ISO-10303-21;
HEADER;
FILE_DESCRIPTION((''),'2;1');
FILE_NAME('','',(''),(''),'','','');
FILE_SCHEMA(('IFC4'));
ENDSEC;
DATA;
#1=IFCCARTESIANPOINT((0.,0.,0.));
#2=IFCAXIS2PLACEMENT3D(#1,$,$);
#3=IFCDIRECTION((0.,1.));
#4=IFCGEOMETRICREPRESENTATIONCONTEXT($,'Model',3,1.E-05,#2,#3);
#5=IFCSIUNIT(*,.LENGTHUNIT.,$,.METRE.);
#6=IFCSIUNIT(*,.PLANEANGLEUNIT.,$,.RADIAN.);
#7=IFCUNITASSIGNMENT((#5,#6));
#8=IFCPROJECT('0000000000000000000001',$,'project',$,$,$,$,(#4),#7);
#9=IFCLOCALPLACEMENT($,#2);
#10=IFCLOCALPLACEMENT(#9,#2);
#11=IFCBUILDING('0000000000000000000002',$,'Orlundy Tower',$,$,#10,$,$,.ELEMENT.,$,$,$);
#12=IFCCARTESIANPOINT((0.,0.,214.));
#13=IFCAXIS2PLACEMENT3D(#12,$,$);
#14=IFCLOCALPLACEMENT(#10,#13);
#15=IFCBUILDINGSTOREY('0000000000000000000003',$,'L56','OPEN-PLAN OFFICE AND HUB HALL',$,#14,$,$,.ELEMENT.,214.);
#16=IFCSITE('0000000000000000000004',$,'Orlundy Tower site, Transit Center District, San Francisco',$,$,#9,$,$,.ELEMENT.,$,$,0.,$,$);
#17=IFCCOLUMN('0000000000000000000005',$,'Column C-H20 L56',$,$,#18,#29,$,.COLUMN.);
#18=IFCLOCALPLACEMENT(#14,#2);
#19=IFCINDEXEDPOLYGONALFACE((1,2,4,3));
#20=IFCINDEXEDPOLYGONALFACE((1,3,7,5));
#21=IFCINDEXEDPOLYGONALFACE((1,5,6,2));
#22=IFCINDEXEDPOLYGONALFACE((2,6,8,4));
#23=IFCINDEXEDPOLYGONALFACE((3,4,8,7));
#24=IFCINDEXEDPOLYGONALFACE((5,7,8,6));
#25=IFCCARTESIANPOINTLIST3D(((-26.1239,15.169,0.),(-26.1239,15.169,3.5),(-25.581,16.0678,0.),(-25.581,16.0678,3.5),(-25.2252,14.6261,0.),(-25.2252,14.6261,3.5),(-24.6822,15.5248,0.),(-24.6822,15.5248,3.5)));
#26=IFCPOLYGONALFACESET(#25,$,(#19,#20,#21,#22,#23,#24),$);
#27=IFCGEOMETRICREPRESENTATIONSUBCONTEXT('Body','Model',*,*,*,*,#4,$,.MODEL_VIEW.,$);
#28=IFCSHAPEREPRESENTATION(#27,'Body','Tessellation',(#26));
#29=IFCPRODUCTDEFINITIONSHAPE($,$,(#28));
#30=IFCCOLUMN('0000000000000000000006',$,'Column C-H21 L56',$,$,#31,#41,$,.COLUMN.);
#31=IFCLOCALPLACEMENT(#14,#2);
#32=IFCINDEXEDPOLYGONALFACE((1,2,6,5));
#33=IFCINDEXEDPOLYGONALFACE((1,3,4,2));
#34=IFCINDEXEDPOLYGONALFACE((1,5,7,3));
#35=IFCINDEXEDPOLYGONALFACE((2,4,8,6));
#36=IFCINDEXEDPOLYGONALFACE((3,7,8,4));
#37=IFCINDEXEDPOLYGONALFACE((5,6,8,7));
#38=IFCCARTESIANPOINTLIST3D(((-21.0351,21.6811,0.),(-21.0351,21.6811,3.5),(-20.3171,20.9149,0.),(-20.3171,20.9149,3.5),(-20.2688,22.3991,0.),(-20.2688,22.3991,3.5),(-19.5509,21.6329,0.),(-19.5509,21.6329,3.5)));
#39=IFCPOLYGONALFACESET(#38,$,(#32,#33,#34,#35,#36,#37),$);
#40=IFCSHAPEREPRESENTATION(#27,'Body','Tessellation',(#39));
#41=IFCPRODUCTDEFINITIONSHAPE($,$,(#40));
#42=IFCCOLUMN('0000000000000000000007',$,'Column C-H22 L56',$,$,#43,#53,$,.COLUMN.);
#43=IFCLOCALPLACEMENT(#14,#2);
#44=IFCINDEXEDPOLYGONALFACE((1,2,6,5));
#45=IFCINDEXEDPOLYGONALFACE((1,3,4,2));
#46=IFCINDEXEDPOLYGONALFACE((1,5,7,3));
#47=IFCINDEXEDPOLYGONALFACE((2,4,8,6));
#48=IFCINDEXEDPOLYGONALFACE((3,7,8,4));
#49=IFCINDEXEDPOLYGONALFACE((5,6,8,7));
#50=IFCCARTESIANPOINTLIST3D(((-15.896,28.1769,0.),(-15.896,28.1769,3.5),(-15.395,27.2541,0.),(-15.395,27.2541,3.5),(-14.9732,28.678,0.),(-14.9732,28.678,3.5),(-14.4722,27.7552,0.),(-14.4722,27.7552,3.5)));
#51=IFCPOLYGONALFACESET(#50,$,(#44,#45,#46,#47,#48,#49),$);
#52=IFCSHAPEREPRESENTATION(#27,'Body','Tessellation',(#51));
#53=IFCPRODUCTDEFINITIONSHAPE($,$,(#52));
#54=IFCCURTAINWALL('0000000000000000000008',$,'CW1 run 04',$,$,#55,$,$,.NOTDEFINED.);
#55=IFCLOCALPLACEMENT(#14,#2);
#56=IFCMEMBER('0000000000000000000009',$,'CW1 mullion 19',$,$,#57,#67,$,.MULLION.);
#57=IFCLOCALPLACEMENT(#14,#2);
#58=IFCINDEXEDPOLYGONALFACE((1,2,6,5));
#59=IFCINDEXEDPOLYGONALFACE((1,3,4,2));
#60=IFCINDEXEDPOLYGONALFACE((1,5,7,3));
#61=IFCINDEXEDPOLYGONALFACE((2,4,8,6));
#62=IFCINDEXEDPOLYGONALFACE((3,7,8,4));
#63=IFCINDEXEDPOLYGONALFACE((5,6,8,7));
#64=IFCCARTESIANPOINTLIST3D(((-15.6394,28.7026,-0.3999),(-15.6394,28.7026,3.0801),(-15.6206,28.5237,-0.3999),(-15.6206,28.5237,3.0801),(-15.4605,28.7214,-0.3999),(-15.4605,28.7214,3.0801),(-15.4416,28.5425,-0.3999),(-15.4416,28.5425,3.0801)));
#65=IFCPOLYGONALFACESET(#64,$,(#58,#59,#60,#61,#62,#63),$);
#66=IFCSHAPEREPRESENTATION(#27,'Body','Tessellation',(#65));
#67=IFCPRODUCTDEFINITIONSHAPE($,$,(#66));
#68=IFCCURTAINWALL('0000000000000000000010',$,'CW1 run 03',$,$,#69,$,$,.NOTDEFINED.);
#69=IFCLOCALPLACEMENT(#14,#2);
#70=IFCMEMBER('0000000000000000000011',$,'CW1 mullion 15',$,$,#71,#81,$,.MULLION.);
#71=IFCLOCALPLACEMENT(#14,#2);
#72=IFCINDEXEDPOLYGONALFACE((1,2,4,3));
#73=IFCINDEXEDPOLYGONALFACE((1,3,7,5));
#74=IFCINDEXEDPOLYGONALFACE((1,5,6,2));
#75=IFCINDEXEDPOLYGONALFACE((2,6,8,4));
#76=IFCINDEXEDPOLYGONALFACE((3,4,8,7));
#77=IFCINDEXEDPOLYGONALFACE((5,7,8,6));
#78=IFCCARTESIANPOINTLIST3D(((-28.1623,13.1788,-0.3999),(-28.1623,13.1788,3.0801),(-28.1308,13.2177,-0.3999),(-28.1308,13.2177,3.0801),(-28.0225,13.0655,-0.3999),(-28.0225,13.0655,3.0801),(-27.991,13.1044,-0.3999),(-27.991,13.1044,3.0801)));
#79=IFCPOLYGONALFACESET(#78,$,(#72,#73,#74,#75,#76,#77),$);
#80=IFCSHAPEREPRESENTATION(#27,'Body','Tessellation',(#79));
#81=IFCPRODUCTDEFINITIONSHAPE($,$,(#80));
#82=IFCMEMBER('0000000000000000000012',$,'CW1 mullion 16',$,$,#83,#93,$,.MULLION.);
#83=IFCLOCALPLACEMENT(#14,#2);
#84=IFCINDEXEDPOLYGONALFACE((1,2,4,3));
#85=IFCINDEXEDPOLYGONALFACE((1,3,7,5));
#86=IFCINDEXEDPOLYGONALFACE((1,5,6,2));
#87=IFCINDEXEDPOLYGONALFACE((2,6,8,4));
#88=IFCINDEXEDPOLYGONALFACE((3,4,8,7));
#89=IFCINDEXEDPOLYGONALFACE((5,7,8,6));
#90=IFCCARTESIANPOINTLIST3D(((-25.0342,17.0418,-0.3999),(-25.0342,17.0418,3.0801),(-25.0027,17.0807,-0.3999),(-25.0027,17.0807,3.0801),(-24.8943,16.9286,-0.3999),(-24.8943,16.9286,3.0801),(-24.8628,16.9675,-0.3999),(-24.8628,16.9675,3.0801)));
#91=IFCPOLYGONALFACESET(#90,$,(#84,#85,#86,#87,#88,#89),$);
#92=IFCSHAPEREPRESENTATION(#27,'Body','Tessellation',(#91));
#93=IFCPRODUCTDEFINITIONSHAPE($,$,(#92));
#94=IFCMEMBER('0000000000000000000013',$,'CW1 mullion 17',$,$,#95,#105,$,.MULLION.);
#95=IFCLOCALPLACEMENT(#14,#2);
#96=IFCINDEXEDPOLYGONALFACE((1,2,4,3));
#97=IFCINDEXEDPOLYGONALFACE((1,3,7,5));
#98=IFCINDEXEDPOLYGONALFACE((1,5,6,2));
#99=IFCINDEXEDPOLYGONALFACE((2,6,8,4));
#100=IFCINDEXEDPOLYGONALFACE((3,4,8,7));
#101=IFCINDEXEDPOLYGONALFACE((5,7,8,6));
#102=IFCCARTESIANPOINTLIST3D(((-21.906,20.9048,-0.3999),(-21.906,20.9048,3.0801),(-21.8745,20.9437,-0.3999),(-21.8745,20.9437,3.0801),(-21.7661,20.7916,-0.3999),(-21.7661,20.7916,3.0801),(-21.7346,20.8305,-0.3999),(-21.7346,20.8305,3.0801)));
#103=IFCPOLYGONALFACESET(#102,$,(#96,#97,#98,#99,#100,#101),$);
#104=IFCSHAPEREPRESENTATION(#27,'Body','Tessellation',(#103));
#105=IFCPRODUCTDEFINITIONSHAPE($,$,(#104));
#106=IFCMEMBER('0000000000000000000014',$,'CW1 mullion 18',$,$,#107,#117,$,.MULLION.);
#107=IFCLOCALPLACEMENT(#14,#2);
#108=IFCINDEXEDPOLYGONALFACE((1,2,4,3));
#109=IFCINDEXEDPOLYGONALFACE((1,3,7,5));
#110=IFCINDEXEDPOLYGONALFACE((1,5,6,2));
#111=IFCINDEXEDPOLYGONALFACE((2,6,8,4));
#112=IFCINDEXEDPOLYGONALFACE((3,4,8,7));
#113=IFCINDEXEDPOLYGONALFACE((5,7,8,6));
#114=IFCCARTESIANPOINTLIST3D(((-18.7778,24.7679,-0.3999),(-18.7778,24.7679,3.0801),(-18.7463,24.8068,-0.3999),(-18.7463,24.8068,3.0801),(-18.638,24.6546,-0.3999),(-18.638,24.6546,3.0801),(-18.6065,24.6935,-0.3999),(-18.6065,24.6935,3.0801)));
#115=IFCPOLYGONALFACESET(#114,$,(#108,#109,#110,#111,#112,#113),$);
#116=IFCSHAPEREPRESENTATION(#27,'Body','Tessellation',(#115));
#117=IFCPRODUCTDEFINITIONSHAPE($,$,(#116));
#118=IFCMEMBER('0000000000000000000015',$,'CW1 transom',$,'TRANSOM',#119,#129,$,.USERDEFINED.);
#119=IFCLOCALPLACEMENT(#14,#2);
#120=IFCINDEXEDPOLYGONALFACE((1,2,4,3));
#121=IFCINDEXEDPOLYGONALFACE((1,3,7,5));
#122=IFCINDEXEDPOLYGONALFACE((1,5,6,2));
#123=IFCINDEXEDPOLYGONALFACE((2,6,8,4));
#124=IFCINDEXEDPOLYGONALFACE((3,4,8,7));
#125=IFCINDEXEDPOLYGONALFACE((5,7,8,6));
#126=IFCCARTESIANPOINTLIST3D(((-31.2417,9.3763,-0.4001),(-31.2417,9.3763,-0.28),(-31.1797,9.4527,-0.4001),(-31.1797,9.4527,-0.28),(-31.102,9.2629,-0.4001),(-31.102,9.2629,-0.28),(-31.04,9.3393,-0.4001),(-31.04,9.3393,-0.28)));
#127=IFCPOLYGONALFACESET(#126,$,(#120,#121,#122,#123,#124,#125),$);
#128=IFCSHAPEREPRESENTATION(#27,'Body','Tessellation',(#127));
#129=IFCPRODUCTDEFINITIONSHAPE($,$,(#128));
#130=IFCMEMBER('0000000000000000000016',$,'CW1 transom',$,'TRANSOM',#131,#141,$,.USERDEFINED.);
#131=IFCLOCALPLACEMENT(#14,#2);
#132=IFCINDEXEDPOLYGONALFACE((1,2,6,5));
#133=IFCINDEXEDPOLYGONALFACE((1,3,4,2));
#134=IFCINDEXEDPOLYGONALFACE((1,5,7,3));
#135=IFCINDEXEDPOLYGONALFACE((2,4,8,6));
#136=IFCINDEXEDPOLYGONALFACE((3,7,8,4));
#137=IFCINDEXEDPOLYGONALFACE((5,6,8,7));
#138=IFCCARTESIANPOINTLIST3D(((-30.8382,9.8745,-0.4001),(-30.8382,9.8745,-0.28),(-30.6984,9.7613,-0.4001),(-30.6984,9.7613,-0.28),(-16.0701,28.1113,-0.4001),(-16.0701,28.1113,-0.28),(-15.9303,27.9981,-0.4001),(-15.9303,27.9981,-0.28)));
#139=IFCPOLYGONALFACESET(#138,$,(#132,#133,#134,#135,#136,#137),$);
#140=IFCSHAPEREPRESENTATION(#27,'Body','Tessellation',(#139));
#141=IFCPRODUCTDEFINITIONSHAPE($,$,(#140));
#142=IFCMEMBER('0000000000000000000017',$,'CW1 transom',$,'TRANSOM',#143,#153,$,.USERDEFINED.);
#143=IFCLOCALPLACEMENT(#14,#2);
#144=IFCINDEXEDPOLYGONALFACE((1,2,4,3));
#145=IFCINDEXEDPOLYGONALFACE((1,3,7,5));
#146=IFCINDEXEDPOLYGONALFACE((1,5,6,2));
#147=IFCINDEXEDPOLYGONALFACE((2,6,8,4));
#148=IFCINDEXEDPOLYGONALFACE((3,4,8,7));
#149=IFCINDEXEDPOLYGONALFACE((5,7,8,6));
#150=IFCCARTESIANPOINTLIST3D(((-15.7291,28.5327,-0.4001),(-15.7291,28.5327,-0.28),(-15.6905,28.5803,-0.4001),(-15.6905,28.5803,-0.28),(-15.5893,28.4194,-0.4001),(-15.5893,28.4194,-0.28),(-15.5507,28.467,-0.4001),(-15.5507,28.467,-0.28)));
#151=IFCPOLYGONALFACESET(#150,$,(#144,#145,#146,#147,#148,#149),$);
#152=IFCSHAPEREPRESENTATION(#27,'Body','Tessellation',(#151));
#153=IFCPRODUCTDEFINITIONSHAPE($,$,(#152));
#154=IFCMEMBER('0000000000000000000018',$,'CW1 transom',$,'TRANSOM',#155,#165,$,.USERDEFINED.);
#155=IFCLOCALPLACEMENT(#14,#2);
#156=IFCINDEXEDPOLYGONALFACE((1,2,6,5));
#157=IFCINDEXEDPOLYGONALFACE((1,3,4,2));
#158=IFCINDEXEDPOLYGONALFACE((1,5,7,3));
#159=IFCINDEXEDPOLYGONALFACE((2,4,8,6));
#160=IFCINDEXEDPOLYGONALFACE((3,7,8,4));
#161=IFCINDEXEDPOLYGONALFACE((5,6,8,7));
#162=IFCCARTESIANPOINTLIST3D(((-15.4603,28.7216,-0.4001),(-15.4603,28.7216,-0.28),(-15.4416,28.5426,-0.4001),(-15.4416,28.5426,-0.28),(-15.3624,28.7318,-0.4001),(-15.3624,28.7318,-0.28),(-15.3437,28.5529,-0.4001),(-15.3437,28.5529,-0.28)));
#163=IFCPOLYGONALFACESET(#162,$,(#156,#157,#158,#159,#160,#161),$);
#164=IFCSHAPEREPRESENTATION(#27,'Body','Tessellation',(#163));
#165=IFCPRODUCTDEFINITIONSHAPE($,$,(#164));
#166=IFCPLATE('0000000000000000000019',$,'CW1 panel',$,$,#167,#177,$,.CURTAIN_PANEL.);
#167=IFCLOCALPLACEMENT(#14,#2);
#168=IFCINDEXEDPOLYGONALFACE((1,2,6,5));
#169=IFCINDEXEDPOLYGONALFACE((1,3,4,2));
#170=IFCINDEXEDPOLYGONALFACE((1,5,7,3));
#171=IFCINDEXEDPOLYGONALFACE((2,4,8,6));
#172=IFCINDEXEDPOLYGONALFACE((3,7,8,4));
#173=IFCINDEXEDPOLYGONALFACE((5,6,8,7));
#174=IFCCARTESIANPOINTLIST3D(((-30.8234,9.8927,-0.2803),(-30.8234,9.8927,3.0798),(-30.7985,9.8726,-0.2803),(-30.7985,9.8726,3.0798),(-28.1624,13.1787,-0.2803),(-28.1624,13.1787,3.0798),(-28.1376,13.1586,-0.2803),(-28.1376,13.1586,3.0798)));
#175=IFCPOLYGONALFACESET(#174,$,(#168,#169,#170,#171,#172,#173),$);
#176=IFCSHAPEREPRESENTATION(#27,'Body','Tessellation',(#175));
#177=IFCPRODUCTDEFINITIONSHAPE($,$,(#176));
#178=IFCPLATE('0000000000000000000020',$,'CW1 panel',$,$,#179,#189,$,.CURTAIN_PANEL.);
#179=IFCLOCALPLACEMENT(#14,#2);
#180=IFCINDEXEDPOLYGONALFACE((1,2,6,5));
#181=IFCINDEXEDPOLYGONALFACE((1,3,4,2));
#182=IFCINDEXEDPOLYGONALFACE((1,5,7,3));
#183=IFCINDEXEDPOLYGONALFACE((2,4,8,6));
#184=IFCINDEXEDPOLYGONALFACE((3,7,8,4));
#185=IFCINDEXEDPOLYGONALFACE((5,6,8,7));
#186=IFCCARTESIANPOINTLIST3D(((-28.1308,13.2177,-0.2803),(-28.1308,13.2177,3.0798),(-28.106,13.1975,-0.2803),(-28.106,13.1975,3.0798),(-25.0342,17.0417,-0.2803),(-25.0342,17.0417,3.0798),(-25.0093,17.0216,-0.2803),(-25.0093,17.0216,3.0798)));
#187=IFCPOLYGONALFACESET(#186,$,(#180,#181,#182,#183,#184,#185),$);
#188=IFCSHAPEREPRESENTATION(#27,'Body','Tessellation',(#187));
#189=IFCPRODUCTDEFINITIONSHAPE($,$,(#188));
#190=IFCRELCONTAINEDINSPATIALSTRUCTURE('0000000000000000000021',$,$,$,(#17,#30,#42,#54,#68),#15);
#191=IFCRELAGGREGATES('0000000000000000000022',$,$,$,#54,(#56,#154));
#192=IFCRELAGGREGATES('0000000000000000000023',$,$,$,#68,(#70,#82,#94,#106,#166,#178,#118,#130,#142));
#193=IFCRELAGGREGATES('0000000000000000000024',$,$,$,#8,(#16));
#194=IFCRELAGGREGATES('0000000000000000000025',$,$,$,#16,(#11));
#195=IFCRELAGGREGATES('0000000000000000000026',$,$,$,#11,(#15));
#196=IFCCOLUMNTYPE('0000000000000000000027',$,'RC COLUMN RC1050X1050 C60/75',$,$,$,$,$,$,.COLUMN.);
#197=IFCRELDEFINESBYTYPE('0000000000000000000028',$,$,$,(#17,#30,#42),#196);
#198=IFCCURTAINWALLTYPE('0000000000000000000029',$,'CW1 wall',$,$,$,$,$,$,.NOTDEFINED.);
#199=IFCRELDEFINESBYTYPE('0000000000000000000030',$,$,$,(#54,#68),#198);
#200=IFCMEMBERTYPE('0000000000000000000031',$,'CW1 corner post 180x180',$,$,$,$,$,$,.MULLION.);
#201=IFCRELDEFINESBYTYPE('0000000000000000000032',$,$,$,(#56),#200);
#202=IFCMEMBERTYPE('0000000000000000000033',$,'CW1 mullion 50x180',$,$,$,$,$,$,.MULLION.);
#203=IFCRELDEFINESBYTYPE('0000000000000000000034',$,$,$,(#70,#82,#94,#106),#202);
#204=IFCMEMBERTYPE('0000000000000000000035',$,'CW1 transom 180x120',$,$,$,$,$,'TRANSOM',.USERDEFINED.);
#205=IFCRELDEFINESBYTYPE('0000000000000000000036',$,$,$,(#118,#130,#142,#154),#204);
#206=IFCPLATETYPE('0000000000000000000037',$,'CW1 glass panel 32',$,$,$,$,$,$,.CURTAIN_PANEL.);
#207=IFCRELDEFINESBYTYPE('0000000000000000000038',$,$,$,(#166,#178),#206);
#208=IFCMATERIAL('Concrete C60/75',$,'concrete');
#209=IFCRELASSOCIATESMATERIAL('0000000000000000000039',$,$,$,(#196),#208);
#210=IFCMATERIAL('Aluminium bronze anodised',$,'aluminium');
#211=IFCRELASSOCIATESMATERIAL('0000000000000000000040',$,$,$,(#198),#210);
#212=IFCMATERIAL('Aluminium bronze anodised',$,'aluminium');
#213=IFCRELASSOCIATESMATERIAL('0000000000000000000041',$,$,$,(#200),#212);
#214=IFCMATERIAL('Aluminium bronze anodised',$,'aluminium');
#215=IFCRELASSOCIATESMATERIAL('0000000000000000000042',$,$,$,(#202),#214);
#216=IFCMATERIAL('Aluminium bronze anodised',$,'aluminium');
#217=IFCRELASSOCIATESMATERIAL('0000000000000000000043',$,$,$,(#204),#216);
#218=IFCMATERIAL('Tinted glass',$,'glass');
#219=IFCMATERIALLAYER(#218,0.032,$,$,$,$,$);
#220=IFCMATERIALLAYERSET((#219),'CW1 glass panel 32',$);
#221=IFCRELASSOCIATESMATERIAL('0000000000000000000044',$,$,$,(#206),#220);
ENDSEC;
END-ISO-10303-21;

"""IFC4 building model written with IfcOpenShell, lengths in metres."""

from ifc_helpers import new_model, si_unit, direction, frame, origin, origin_2d, place, context, subcontext, project, spatial, rectangle, extrude, material, layer, layer_set, material_profile, profile_set, type_object, element, aggregate, save


model = new_model("IFC4")

# Units and contexts
model_context = context("Model", 3, precision=1e-05, world=origin(), true_north=direction((0.0, 1.0)))
body_context = subcontext(model_context, "Body", "Model", "MODEL_VIEW")
ifc_project = project(units=[si_unit("LENGTHUNIT", "METRE"), si_unit("PLANEANGLEUNIT", "RADIAN")], contexts=[model_context])

# Site, building, storey
site_placement = place(None, origin())
site = spatial("IfcSite", under=ifc_project, at=site_placement, Name="Orlundy Tower site, Transit Center District, San Francisco", CompositionType="ELEMENT", RefElevation=0.0)
building_placement = place(site_placement, origin())
building = spatial("IfcBuilding", under=site, at=building_placement, Name="Orlundy Tower", CompositionType="ELEMENT")
storey_placement = place(building_placement, frame((0.0, 0.0, 214.0)))
storey = spatial("IfcBuildingStorey", under=building, at=storey_placement, Name="L56", Description="OPEN-PLAN OFFICE AND HUB HALL", CompositionType="ELEMENT", Elevation=214.0)

# Columns
ifc_material_1 = material(Name="Concrete C60/75", Category="concrete")
ifc_material_profile_1 = material_profile(ifc_material_1, rectangle(XDim=1.05, YDim=1.05, at=origin_2d()), Name="RC1050X1050")
ifc_profile_set_1 = profile_set([ifc_material_profile_1], Name="Concrete C60/75")
column_type = type_object("IfcColumnType", Name="RC COLUMN RC1050X1050 C60/75", PredefinedType="COLUMN", material=ifc_profile_set_1)
for number, where, z_axis, x_axis, name in (
    (1, (-25.4031, 15.3469, 0.0), (0.0, 0.0, 1.0), (-0.855924, 0.517101, 0.0), "Column C-H20 L56"),
    (2, (-20.293, 21.657, 0.0), (0.0, 0.0, 1.0), (-0.683758, 0.729709, 0.0), "Column C-H21 L56"),
    (3, (-15.1841, 27.9661, 0.0), (0.0, 0.0, 1.0), (-0.477159, 0.878817, 0.0), "Column C-H22 L56"),
):
    element("IfcColumn", number, at=place(storey_placement, frame(where, z_axis=z_axis, x_axis=x_axis)), inside=storey, type_object=column_type, Name=name, PredefinedType="COLUMN", context=body_context, shape_type="SweptSolid", body=[
        extrude(rectangle(XDim=1.05, YDim=1.05, at=origin_2d()), origin(), (0.0, 0.0, 1.0), 3.5),
    ])

# Curtain wall, member
ifc_material_2 = material(Name="Aluminium bronze anodised", Category="aluminium")
curtain_wall_type = type_object("IfcCurtainWallType", Name="CW1 wall", PredefinedType="NOTDEFINED", material=ifc_material_2)
curtain_wall_1_placement = place(storey_placement, origin())
curtain_wall_1 = element("IfcCurtainWall", 4, at=curtain_wall_1_placement, inside=storey, type_object=curtain_wall_type, Name="CW1 run 04", PredefinedType="NOTDEFINED")
ifc_material_3 = material(Name="Aluminium bronze anodised", Category="aluminium")
ifc_material_profile_2 = material_profile(ifc_material_3, rectangle(XDim=0.1799, YDim=0.1799, at=origin_2d()), Name="CW1 corner post 180x180")
ifc_profile_set_2 = profile_set([ifc_material_profile_2], Name="Aluminium bronze anodised")
member_type_1 = type_object("IfcMemberType", Name="CW1 corner post 180x180", PredefinedType="MULLION", material=ifc_profile_set_2)
member_1_placement = place(storey_placement, frame((-15.5405, 28.6226, -0.3999), z_axis=(0.0, 0.0, 1.0), x_axis=(-0.104538, 0.994521, 0.0)))
member_1 = element("IfcMember", 5, at=member_1_placement, type_object=member_type_1, Name="CW1 mullion 19", PredefinedType="MULLION", context=body_context, shape_type="SweptSolid", body=[
    extrude(rectangle(XDim=0.1799, YDim=0.1799, at=origin_2d()), origin(), (0.0, 0.0, 1.0), 3.48),
])

# Curtain wall, members
curtain_wall_2_placement = place(storey_placement, origin())
curtain_wall_2 = element("IfcCurtainWall", 6, at=curtain_wall_2_placement, inside=storey, type_object=curtain_wall_type, Name="CW1 run 03", PredefinedType="NOTDEFINED")
ifc_material_4 = material(Name="Aluminium bronze anodised", Category="aluminium")
ifc_material_profile_3 = material_profile(ifc_material_4, rectangle(XDim=0.1799, YDim=0.05, at=origin_2d()), Name="CW1 mullion 50x180")
ifc_profile_set_3 = profile_set([ifc_material_profile_3], Name="Aluminium bronze anodised")
member_type_2 = type_object("IfcMemberType", Name="CW1 mullion 50x180", PredefinedType="MULLION", material=ifc_profile_set_3)
member_2_placement = place(storey_placement, frame((-28.0767, 13.1416, -0.3999), z_axis=(0.0, 0.0, 1.0), x_axis=(-0.777146, 0.629321, 0.0)))
member_2 = element("IfcMember", 7, at=member_2_placement, type_object=member_type_2, Name="CW1 mullion 15", PredefinedType="MULLION", context=body_context, shape_type="SweptSolid", body=[
    extrude(rectangle(XDim=0.1799, YDim=0.05, at=origin_2d()), origin(), (0.0, 0.0, 1.0), 3.48),
])
member_3_placement = place(storey_placement, frame((-24.9485, 17.0046, -0.3999), z_axis=(0.0, 0.0, 1.0), x_axis=(-0.777146, 0.629321, 0.0)))
member_3 = element("IfcMember", 8, at=member_3_placement, type_object=member_type_2, Name="CW1 mullion 16", PredefinedType="MULLION", context=body_context, shape_type="SweptSolid", body=[
    extrude(rectangle(XDim=0.1799, YDim=0.05, at=origin_2d()), origin(), (0.0, 0.0, 1.0), 3.48),
])
member_4_placement = place(storey_placement, frame((-21.8203, 20.8677, -0.3999), z_axis=(0.0, 0.0, 1.0), x_axis=(-0.777146, 0.629321, 0.0)))
member_4 = element("IfcMember", 9, at=member_4_placement, type_object=member_type_2, Name="CW1 mullion 17", PredefinedType="MULLION", context=body_context, shape_type="SweptSolid", body=[
    extrude(rectangle(XDim=0.1799, YDim=0.05, at=origin_2d()), origin(), (0.0, 0.0, 1.0), 3.48),
])
member_5_placement = place(storey_placement, frame((-18.6921, 24.7307, -0.3999), z_axis=(0.0, 0.0, 1.0), x_axis=(-0.777146, 0.629321, 0.0)))
member_5 = element("IfcMember", 10, at=member_5_placement, type_object=member_type_2, Name="CW1 mullion 18", PredefinedType="MULLION", context=body_context, shape_type="SweptSolid", body=[
    extrude(rectangle(XDim=0.1799, YDim=0.05, at=origin_2d()), origin(), (0.0, 0.0, 1.0), 3.48),
])
ifc_material_5 = material(Name="Aluminium bronze anodised", Category="aluminium")
ifc_material_profile_4 = material_profile(ifc_material_5, rectangle(XDim=0.1799, YDim=0.1201, at=origin_2d()), Name="CW1 transom 180x120")
ifc_profile_set_4 = profile_set([ifc_material_profile_4], Name="Aluminium bronze anodised")
member_type_3 = type_object("IfcMemberType", Name="CW1 transom 180x120", ElementType="TRANSOM", PredefinedType="USERDEFINED", material=ifc_profile_set_4)
member_6_placement = place(storey_placement, frame((-31.1719, 9.3196, -0.3401), z_axis=(0.630126, 0.776493, 0.0), x_axis=(-0.776493, 0.630126, 0.0)))
member_6 = element("IfcMember", 11, at=member_6_placement, type_object=member_type_3, Name="CW1 transom", ObjectType="TRANSOM", PredefinedType="USERDEFINED", context=body_context, shape_type="SweptSolid", body=[
    extrude(rectangle(XDim=0.1799, YDim=0.1201, at=origin_2d()), origin(), (0.0, 0.0, 1.0), 0.0984),
])
member_7_placement = place(storey_placement, frame((-30.7683, 9.8179, -0.3401), z_axis=(0.629325, 0.777142, 0.0), x_axis=(-0.777142, 0.629325, 0.0)))
member_7 = element("IfcMember", 12, at=member_7_placement, type_object=member_type_3, Name="CW1 transom", ObjectType="TRANSOM", PredefinedType="USERDEFINED", context=body_context, shape_type="SweptSolid", body=[
    extrude(rectangle(XDim=0.1799, YDim=0.1201, at=origin_2d()), origin(), (0.0, 0.0, 1.0), 23.4666),
])
member_8_placement = place(storey_placement, frame((-15.6592, 28.4761, -0.3401), z_axis=(0.629542, 0.776966, 0.0), x_axis=(-0.776966, 0.629542, 0.0)))
member_8 = element("IfcMember", 13, at=member_8_placement, type_object=member_type_3, Name="CW1 transom", ObjectType="TRANSOM", PredefinedType="USERDEFINED", context=body_context, shape_type="SweptSolid", body=[
    extrude(rectangle(XDim=0.1799, YDim=0.1201, at=origin_2d()), origin(), (0.0, 0.0, 1.0), 0.0613),
])

# Member
member_9_placement = place(storey_placement, frame((-15.4509, 28.6321, -0.3401), z_axis=(0.99456, 0.104168, 0.0), x_axis=(-0.104168, 0.99456, 0.0)))
member_9 = element("IfcMember", 14, at=member_9_placement, type_object=member_type_3, Name="CW1 transom", ObjectType="TRANSOM", PredefinedType="USERDEFINED", context=body_context, shape_type="SweptSolid", body=[
    extrude(rectangle(XDim=0.1799, YDim=0.1201, at=origin_2d()), origin(), (0.0, 0.0, 1.0), 0.0984),
])
aggregate(curtain_wall_1, [member_1, member_9])

# Plates
ifc_material_6 = material(Name="Tinted glass", Category="glass")
ifc_layer_1 = layer(ifc_material_6, 0.032)
ifc_layer_set_1 = layer_set([ifc_layer_1], Name="CW1 glass panel 32")
plate_type = type_object("IfcPlateType", Name="CW1 glass panel 32", PredefinedType="CURTAIN_PANEL", material=ifc_layer_set_1)
plate_1_placement = place(storey_placement, frame((-29.4805, 11.5256, -0.2803), z_axis=(0.0, 0.0, 1.0), x_axis=(0.629321, 0.777146, 0.0)))
plate_1 = element("IfcPlate", 15, at=plate_1_placement, type_object=plate_type, Name="CW1 panel", PredefinedType="CURTAIN_PANEL", context=body_context, shape_type="SweptSolid", body=[
    extrude(rectangle(XDim=4.2283, YDim=0.032, at=origin_2d()), origin(), (0.0, 0.0, 1.0), 3.3601),
])
plate_2_placement = place(storey_placement, frame((-26.5701, 15.1196, -0.2803), z_axis=(0.0, 0.0, 1.0), x_axis=(0.629321, 0.777146, 0.0)))
plate_2 = element("IfcPlate", 16, at=plate_2_placement, type_object=plate_type, Name="CW1 panel", PredefinedType="CURTAIN_PANEL", context=body_context, shape_type="SweptSolid", body=[
    extrude(rectangle(XDim=4.9207, YDim=0.032, at=origin_2d()), origin(), (0.0, 0.0, 1.0), 3.3601),
])
aggregate(curtain_wall_2, [member_2, member_3, member_4, member_5, plate_1, plate_2, member_6, member_7, member_8])

save(model, "model.ifc")
